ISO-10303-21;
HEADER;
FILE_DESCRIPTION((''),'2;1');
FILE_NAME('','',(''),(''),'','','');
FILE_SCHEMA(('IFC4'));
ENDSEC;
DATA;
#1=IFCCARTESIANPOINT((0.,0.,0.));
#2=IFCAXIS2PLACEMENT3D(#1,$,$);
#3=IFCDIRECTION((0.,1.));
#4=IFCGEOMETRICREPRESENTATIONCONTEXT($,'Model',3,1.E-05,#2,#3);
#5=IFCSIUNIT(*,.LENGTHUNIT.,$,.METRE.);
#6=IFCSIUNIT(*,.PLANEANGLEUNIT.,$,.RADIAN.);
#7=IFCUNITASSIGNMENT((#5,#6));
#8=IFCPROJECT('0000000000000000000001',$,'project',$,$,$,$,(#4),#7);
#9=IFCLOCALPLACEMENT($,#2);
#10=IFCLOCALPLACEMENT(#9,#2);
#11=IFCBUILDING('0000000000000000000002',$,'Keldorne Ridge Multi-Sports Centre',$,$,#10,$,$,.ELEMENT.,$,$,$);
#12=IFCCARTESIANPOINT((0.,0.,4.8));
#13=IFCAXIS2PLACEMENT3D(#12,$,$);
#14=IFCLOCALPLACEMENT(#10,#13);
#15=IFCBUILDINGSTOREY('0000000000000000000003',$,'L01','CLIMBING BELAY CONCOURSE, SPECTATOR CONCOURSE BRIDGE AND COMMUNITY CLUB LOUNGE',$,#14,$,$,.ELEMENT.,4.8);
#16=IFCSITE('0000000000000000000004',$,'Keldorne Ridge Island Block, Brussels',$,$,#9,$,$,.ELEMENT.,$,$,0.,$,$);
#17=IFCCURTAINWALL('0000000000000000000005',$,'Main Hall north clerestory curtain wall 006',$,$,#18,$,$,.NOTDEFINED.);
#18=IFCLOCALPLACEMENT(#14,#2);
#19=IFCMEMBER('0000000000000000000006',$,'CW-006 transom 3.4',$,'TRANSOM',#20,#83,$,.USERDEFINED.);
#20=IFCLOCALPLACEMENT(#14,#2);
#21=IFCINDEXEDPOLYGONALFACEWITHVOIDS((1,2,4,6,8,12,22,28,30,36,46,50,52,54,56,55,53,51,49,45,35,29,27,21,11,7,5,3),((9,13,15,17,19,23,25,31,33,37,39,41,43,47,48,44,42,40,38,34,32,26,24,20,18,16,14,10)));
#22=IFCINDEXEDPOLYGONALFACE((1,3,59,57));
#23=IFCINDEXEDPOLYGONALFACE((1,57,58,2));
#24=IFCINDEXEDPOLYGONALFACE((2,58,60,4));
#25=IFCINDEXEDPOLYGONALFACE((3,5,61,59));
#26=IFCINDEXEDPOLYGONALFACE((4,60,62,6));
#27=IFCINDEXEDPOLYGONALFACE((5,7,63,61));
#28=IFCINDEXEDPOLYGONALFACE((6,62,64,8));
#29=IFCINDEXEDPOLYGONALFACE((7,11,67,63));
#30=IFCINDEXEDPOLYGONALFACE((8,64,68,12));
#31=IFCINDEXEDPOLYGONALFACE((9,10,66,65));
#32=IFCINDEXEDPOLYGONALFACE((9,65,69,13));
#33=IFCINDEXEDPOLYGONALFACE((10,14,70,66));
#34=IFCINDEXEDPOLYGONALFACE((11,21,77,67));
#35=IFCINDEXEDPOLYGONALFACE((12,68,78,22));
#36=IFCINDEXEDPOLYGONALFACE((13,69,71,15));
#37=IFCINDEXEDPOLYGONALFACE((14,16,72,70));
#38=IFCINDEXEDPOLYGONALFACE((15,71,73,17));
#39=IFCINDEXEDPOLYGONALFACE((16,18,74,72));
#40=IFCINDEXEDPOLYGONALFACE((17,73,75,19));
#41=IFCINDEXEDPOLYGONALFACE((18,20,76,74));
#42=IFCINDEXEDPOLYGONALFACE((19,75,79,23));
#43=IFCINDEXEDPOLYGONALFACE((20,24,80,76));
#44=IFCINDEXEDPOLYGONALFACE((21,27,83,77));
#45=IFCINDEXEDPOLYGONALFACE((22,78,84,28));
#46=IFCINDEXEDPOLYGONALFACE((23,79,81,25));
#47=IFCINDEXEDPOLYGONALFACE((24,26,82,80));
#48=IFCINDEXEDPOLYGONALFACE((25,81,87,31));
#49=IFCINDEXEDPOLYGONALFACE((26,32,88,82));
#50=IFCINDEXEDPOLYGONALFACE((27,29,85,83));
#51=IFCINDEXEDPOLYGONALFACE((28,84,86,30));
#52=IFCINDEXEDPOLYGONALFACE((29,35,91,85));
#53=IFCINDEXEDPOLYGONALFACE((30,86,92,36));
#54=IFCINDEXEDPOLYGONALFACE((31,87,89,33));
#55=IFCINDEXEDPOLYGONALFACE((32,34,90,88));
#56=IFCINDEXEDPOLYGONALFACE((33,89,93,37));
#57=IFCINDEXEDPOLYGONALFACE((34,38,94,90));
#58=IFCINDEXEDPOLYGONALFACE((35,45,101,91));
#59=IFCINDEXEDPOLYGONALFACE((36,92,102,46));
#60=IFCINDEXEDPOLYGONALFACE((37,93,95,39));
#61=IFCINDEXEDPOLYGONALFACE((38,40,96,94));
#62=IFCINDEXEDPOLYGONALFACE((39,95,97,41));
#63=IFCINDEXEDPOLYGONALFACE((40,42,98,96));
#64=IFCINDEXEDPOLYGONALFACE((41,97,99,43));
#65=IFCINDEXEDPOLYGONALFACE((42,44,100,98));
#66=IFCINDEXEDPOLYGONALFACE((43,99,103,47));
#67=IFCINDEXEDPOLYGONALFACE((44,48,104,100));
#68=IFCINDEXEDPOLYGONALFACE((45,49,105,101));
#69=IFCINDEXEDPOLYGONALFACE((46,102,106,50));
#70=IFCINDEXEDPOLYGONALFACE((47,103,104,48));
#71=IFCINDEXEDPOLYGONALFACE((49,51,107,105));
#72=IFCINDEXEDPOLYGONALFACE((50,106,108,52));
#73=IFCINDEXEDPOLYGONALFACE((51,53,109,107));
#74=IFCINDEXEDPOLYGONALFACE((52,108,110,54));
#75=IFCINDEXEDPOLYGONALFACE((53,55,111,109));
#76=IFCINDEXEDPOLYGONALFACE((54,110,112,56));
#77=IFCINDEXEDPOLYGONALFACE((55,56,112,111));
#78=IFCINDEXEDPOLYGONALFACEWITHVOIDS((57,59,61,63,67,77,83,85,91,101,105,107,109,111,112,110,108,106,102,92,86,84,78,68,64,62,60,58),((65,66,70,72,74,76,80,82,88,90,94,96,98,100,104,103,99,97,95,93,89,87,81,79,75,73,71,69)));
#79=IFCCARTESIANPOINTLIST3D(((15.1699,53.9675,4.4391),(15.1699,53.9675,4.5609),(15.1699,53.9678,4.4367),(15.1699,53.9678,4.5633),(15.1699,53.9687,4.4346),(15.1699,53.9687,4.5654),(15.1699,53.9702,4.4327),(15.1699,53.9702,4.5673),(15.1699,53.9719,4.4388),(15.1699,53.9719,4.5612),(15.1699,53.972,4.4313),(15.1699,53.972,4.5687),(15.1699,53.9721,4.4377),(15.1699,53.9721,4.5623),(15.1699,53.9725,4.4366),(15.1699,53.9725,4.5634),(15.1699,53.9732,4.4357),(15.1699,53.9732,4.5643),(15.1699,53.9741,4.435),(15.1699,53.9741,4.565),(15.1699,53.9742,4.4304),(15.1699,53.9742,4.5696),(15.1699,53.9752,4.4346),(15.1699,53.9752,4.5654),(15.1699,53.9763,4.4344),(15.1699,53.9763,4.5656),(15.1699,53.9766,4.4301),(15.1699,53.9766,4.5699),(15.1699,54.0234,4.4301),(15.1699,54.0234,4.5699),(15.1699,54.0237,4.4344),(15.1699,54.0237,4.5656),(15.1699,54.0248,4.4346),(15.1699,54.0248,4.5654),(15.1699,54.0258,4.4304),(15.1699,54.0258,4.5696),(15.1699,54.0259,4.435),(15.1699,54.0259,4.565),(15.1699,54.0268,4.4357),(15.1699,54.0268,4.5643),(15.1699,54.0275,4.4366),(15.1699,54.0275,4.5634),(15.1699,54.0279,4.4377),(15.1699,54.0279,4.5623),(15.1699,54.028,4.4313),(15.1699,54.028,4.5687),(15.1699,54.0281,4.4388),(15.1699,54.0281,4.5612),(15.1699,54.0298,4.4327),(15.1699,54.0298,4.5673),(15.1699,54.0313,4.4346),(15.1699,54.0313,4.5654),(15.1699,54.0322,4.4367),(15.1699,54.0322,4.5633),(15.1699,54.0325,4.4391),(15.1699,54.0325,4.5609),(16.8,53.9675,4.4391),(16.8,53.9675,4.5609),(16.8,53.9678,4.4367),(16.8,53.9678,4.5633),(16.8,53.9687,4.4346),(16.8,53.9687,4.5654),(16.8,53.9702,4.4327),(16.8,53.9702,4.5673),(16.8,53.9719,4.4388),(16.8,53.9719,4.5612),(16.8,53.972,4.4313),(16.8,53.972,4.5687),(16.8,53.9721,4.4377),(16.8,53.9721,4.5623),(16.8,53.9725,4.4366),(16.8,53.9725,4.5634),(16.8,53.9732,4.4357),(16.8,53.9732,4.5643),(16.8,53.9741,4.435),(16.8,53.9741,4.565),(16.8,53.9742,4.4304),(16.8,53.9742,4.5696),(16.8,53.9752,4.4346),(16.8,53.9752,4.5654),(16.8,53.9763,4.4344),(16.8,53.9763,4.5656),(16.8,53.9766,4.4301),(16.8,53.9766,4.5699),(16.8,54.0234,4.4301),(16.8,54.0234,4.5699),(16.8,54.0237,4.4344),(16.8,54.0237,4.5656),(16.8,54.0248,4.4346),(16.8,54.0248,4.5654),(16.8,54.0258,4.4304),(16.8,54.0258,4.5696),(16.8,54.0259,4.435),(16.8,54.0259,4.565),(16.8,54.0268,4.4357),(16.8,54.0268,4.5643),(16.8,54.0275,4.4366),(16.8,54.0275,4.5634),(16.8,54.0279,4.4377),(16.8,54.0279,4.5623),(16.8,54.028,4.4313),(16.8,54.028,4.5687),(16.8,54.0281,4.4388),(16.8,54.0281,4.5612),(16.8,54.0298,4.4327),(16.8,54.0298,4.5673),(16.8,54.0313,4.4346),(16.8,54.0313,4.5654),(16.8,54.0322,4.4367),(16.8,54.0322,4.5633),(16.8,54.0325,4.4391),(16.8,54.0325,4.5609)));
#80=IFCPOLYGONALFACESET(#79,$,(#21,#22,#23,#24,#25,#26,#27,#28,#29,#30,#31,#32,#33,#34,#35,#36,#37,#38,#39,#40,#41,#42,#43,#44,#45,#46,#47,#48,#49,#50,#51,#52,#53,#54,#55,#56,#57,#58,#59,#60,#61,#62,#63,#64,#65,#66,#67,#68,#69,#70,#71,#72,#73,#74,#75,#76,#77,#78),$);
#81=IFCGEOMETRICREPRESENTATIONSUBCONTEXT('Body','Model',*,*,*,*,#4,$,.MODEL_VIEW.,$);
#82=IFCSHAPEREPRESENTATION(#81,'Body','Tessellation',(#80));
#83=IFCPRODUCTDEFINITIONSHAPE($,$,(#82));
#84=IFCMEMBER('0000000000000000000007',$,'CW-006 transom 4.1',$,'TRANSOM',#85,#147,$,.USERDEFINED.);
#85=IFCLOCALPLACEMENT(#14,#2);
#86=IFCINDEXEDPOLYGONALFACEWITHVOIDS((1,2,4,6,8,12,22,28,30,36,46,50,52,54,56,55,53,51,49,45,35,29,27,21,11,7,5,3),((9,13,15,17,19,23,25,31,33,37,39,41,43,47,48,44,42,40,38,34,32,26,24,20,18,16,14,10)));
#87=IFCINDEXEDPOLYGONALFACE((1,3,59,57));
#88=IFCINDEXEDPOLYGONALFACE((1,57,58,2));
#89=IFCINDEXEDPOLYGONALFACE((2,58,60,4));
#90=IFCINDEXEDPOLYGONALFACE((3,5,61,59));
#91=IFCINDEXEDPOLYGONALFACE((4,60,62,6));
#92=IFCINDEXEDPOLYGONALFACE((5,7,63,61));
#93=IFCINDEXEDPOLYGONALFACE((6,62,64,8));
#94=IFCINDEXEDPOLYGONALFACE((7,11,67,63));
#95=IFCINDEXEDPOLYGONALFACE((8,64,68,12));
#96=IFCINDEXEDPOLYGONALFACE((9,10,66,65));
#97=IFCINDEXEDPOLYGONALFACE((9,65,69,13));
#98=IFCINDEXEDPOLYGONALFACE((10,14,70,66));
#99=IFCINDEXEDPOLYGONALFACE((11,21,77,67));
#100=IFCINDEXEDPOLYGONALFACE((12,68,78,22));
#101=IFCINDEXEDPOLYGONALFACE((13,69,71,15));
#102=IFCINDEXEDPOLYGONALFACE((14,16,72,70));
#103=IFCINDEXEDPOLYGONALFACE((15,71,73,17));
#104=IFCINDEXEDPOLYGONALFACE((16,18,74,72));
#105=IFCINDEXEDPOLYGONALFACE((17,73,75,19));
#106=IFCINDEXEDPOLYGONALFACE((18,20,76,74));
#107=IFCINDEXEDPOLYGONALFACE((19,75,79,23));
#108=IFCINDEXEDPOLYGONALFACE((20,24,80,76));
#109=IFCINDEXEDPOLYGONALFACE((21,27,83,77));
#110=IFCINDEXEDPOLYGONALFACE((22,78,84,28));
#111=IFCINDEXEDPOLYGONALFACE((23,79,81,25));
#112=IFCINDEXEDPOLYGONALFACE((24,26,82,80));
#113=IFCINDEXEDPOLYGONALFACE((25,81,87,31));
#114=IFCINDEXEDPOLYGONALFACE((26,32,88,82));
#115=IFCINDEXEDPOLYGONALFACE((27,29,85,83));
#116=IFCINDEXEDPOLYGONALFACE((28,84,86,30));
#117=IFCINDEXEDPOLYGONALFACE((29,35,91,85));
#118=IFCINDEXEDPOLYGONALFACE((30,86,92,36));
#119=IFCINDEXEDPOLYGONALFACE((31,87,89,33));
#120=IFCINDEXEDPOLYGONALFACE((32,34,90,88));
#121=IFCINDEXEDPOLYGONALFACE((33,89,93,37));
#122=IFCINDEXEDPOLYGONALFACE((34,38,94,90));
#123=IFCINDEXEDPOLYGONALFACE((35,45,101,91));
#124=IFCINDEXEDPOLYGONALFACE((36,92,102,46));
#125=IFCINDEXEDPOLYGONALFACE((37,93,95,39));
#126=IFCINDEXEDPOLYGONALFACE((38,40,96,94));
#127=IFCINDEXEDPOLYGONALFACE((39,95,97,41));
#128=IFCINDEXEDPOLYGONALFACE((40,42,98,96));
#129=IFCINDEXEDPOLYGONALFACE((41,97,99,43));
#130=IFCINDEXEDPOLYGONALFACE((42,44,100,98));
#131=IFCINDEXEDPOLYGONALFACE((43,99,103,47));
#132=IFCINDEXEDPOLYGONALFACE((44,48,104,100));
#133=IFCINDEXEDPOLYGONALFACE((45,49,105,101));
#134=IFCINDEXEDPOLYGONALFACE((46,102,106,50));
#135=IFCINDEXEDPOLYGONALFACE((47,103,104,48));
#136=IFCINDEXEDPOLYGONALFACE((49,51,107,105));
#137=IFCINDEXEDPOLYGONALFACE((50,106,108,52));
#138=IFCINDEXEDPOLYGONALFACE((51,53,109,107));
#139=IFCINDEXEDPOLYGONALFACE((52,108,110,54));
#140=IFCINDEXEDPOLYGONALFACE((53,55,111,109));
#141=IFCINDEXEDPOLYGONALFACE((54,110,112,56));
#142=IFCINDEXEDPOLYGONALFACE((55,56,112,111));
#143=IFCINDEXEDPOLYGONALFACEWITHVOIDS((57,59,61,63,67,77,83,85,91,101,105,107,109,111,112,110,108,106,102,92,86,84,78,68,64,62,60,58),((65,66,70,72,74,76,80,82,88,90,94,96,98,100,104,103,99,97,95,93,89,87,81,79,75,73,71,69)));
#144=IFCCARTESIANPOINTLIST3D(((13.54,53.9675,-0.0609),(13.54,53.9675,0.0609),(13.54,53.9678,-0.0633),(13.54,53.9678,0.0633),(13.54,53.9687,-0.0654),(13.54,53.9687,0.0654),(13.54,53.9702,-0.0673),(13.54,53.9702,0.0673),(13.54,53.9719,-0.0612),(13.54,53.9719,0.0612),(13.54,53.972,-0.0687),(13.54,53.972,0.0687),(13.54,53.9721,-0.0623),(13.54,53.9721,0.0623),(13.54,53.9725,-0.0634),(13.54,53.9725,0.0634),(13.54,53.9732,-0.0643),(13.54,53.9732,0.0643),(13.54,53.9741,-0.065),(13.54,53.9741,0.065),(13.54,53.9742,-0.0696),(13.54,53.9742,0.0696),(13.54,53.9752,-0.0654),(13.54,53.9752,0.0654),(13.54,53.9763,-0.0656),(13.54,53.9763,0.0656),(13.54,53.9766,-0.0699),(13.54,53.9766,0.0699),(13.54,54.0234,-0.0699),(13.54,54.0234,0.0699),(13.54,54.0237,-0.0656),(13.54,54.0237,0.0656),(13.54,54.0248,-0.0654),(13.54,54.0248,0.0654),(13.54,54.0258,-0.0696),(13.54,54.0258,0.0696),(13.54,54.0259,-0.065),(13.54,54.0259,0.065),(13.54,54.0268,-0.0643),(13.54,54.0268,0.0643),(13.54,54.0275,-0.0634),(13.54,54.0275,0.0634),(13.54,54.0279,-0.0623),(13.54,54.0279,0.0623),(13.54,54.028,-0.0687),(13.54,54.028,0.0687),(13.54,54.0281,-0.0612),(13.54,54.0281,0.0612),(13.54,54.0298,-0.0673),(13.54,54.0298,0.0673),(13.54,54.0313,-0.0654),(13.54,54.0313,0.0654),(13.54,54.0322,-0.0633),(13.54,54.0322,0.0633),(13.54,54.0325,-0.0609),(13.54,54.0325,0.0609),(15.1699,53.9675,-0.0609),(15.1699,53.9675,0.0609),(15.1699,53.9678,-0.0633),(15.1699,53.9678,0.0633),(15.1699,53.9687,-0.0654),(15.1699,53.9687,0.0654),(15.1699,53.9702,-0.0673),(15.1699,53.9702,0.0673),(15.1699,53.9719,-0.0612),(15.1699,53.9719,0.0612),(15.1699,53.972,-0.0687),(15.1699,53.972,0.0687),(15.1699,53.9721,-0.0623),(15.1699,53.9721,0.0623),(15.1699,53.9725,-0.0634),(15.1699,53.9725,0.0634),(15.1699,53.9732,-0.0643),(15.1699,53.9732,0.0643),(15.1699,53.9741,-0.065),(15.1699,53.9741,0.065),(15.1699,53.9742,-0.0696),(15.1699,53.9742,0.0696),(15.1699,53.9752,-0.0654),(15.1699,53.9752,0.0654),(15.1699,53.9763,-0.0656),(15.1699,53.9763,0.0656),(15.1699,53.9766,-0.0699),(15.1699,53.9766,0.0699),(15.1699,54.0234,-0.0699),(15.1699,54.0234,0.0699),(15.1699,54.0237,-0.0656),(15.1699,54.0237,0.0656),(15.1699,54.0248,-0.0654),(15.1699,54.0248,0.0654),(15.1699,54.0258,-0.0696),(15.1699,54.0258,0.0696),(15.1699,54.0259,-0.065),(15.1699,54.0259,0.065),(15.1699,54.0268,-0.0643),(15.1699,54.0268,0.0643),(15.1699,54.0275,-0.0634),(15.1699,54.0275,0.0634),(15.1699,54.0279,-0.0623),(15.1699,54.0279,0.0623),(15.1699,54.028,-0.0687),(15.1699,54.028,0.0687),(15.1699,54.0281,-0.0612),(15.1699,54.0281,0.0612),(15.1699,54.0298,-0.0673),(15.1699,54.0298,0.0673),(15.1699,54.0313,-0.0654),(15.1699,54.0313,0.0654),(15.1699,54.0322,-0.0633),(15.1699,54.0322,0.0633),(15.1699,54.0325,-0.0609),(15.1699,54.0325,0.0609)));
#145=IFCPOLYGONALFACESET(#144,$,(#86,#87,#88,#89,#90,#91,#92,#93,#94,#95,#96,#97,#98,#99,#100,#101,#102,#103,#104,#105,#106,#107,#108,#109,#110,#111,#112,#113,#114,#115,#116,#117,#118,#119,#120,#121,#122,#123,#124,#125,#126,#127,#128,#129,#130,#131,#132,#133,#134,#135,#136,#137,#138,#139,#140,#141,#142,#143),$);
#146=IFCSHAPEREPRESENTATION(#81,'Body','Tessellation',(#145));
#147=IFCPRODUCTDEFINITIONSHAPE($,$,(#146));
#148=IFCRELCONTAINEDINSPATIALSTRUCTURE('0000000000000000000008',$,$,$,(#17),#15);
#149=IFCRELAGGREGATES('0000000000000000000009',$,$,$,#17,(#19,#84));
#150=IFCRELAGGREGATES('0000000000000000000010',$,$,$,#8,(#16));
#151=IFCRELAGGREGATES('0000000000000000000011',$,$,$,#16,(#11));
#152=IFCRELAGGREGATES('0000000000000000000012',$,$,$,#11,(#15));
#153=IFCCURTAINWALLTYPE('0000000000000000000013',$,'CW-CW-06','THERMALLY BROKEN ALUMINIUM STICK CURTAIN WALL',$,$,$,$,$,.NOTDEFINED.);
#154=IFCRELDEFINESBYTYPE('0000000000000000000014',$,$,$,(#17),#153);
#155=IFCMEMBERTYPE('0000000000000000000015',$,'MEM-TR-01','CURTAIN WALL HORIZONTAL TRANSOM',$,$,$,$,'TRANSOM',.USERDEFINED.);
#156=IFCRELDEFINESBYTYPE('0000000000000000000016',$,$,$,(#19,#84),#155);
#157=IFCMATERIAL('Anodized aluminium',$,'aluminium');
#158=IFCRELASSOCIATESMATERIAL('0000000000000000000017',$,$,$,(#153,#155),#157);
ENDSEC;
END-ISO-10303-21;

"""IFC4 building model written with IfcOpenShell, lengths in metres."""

from ifc_helpers import new_model, si_unit, direction, frame, origin, origin_2d, place, context, subcontext, project, spatial, hollow_rectangle, extrude, material, material_profile, profile_set, type_object, element, aggregate, save


model = new_model("IFC4")

# Units and contexts
model_context = context("Model", 3, precision=1e-05, world=origin(), true_north=direction((0.0, 1.0)))
body_context = subcontext(model_context, "Body", "Model", "MODEL_VIEW")
ifc_project = project(units=[si_unit("LENGTHUNIT", "METRE"), si_unit("PLANEANGLEUNIT", "RADIAN")], contexts=[model_context])

# Site, building, storey
site_placement = place(None, origin())
site = spatial("IfcSite", under=ifc_project, at=site_placement, Name="Keldorne Ridge Island Block, Brussels", CompositionType="ELEMENT", RefElevation=0.0)
building_placement = place(site_placement, origin())
building = spatial("IfcBuilding", under=site, at=building_placement, Name="Keldorne Ridge Multi-Sports Centre", CompositionType="ELEMENT")
storey_placement = place(building_placement, frame((0.0, 0.0, 4.8)))
storey = spatial("IfcBuildingStorey", under=building, at=storey_placement, Name="L01", Description="CLIMBING BELAY CONCOURSE, SPECTATOR CONCOURSE BRIDGE AND COMMUNITY CLUB LOUNGE", CompositionType="ELEMENT", Elevation=4.8)

# Shared definitions
ifc_material_1 = material(Name="Anodized aluminium", Category="aluminium")

# Curtain wall
curtain_wall_type_1 = type_object("IfcCurtainWallType", Name="CW-CW-06", Description="THERMALLY BROKEN ALUMINIUM STICK CURTAIN WALL", PredefinedType="NOTDEFINED", material=ifc_material_1)
curtain_wall_1_placement = place(storey_placement, origin())
curtain_wall_1 = element("IfcCurtainWall", 1, at=curtain_wall_1_placement, inside=storey, type_object=curtain_wall_type_1, Name="Main Hall north clerestory curtain wall 006", PredefinedType="NOTDEFINED")

# Members
ifc_material_profile_1 = material_profile(ifc_material_1, hollow_rectangle(XDim=0.0649, YDim=0.1399, WallThickness=0.0044, InnerFilletRadius=0.0044, OuterFilletRadius=0.009, at=origin_2d()), Name="ALU TRANSOM 140x65x4.5")
ifc_profile_set_1 = profile_set([ifc_material_profile_1], Name="Anodized aluminium")
member_type_1 = type_object("IfcMemberType", Name="MEM-TR-01", Description="CURTAIN WALL HORIZONTAL TRANSOM", ElementType="TRANSOM", PredefinedType="USERDEFINED", material=ifc_profile_set_1)
member_1_placement = place(storey_placement, frame((16.8, 54.0, 4.5), z_axis=(-1.0, 0.0, 0.0), x_axis=(0.0, -1.0, 0.0)))
member_1 = element("IfcMember", 2, at=member_1_placement, type_object=member_type_1, Name="CW-006 transom 3.4", ObjectType="TRANSOM", PredefinedType="USERDEFINED", context=body_context, shape_type="SweptSolid", body=[
    extrude(hollow_rectangle(XDim=0.0649, YDim=0.1399, WallThickness=0.0044, InnerFilletRadius=0.0044, OuterFilletRadius=0.009, at=origin_2d()), origin(), (0.0, 0.0, 1.0), 1.6301),
])
member_2_placement = place(storey_placement, frame((15.1699, 54.0, 0.0), z_axis=(-1.0, 0.0, 0.0), x_axis=(0.0, -1.0, 0.0)))
member_2 = element("IfcMember", 3, at=member_2_placement, type_object=member_type_1, Name="CW-006 transom 4.1", ObjectType="TRANSOM", PredefinedType="USERDEFINED", context=body_context, shape_type="SweptSolid", body=[
    extrude(hollow_rectangle(XDim=0.0649, YDim=0.1399, WallThickness=0.0044, InnerFilletRadius=0.0044, OuterFilletRadius=0.009, at=origin_2d()), origin(), (0.0, 0.0, 1.0), 1.6299),
])

aggregate(curtain_wall_1, [member_1, member_2])

save(model, "model.ifc")
